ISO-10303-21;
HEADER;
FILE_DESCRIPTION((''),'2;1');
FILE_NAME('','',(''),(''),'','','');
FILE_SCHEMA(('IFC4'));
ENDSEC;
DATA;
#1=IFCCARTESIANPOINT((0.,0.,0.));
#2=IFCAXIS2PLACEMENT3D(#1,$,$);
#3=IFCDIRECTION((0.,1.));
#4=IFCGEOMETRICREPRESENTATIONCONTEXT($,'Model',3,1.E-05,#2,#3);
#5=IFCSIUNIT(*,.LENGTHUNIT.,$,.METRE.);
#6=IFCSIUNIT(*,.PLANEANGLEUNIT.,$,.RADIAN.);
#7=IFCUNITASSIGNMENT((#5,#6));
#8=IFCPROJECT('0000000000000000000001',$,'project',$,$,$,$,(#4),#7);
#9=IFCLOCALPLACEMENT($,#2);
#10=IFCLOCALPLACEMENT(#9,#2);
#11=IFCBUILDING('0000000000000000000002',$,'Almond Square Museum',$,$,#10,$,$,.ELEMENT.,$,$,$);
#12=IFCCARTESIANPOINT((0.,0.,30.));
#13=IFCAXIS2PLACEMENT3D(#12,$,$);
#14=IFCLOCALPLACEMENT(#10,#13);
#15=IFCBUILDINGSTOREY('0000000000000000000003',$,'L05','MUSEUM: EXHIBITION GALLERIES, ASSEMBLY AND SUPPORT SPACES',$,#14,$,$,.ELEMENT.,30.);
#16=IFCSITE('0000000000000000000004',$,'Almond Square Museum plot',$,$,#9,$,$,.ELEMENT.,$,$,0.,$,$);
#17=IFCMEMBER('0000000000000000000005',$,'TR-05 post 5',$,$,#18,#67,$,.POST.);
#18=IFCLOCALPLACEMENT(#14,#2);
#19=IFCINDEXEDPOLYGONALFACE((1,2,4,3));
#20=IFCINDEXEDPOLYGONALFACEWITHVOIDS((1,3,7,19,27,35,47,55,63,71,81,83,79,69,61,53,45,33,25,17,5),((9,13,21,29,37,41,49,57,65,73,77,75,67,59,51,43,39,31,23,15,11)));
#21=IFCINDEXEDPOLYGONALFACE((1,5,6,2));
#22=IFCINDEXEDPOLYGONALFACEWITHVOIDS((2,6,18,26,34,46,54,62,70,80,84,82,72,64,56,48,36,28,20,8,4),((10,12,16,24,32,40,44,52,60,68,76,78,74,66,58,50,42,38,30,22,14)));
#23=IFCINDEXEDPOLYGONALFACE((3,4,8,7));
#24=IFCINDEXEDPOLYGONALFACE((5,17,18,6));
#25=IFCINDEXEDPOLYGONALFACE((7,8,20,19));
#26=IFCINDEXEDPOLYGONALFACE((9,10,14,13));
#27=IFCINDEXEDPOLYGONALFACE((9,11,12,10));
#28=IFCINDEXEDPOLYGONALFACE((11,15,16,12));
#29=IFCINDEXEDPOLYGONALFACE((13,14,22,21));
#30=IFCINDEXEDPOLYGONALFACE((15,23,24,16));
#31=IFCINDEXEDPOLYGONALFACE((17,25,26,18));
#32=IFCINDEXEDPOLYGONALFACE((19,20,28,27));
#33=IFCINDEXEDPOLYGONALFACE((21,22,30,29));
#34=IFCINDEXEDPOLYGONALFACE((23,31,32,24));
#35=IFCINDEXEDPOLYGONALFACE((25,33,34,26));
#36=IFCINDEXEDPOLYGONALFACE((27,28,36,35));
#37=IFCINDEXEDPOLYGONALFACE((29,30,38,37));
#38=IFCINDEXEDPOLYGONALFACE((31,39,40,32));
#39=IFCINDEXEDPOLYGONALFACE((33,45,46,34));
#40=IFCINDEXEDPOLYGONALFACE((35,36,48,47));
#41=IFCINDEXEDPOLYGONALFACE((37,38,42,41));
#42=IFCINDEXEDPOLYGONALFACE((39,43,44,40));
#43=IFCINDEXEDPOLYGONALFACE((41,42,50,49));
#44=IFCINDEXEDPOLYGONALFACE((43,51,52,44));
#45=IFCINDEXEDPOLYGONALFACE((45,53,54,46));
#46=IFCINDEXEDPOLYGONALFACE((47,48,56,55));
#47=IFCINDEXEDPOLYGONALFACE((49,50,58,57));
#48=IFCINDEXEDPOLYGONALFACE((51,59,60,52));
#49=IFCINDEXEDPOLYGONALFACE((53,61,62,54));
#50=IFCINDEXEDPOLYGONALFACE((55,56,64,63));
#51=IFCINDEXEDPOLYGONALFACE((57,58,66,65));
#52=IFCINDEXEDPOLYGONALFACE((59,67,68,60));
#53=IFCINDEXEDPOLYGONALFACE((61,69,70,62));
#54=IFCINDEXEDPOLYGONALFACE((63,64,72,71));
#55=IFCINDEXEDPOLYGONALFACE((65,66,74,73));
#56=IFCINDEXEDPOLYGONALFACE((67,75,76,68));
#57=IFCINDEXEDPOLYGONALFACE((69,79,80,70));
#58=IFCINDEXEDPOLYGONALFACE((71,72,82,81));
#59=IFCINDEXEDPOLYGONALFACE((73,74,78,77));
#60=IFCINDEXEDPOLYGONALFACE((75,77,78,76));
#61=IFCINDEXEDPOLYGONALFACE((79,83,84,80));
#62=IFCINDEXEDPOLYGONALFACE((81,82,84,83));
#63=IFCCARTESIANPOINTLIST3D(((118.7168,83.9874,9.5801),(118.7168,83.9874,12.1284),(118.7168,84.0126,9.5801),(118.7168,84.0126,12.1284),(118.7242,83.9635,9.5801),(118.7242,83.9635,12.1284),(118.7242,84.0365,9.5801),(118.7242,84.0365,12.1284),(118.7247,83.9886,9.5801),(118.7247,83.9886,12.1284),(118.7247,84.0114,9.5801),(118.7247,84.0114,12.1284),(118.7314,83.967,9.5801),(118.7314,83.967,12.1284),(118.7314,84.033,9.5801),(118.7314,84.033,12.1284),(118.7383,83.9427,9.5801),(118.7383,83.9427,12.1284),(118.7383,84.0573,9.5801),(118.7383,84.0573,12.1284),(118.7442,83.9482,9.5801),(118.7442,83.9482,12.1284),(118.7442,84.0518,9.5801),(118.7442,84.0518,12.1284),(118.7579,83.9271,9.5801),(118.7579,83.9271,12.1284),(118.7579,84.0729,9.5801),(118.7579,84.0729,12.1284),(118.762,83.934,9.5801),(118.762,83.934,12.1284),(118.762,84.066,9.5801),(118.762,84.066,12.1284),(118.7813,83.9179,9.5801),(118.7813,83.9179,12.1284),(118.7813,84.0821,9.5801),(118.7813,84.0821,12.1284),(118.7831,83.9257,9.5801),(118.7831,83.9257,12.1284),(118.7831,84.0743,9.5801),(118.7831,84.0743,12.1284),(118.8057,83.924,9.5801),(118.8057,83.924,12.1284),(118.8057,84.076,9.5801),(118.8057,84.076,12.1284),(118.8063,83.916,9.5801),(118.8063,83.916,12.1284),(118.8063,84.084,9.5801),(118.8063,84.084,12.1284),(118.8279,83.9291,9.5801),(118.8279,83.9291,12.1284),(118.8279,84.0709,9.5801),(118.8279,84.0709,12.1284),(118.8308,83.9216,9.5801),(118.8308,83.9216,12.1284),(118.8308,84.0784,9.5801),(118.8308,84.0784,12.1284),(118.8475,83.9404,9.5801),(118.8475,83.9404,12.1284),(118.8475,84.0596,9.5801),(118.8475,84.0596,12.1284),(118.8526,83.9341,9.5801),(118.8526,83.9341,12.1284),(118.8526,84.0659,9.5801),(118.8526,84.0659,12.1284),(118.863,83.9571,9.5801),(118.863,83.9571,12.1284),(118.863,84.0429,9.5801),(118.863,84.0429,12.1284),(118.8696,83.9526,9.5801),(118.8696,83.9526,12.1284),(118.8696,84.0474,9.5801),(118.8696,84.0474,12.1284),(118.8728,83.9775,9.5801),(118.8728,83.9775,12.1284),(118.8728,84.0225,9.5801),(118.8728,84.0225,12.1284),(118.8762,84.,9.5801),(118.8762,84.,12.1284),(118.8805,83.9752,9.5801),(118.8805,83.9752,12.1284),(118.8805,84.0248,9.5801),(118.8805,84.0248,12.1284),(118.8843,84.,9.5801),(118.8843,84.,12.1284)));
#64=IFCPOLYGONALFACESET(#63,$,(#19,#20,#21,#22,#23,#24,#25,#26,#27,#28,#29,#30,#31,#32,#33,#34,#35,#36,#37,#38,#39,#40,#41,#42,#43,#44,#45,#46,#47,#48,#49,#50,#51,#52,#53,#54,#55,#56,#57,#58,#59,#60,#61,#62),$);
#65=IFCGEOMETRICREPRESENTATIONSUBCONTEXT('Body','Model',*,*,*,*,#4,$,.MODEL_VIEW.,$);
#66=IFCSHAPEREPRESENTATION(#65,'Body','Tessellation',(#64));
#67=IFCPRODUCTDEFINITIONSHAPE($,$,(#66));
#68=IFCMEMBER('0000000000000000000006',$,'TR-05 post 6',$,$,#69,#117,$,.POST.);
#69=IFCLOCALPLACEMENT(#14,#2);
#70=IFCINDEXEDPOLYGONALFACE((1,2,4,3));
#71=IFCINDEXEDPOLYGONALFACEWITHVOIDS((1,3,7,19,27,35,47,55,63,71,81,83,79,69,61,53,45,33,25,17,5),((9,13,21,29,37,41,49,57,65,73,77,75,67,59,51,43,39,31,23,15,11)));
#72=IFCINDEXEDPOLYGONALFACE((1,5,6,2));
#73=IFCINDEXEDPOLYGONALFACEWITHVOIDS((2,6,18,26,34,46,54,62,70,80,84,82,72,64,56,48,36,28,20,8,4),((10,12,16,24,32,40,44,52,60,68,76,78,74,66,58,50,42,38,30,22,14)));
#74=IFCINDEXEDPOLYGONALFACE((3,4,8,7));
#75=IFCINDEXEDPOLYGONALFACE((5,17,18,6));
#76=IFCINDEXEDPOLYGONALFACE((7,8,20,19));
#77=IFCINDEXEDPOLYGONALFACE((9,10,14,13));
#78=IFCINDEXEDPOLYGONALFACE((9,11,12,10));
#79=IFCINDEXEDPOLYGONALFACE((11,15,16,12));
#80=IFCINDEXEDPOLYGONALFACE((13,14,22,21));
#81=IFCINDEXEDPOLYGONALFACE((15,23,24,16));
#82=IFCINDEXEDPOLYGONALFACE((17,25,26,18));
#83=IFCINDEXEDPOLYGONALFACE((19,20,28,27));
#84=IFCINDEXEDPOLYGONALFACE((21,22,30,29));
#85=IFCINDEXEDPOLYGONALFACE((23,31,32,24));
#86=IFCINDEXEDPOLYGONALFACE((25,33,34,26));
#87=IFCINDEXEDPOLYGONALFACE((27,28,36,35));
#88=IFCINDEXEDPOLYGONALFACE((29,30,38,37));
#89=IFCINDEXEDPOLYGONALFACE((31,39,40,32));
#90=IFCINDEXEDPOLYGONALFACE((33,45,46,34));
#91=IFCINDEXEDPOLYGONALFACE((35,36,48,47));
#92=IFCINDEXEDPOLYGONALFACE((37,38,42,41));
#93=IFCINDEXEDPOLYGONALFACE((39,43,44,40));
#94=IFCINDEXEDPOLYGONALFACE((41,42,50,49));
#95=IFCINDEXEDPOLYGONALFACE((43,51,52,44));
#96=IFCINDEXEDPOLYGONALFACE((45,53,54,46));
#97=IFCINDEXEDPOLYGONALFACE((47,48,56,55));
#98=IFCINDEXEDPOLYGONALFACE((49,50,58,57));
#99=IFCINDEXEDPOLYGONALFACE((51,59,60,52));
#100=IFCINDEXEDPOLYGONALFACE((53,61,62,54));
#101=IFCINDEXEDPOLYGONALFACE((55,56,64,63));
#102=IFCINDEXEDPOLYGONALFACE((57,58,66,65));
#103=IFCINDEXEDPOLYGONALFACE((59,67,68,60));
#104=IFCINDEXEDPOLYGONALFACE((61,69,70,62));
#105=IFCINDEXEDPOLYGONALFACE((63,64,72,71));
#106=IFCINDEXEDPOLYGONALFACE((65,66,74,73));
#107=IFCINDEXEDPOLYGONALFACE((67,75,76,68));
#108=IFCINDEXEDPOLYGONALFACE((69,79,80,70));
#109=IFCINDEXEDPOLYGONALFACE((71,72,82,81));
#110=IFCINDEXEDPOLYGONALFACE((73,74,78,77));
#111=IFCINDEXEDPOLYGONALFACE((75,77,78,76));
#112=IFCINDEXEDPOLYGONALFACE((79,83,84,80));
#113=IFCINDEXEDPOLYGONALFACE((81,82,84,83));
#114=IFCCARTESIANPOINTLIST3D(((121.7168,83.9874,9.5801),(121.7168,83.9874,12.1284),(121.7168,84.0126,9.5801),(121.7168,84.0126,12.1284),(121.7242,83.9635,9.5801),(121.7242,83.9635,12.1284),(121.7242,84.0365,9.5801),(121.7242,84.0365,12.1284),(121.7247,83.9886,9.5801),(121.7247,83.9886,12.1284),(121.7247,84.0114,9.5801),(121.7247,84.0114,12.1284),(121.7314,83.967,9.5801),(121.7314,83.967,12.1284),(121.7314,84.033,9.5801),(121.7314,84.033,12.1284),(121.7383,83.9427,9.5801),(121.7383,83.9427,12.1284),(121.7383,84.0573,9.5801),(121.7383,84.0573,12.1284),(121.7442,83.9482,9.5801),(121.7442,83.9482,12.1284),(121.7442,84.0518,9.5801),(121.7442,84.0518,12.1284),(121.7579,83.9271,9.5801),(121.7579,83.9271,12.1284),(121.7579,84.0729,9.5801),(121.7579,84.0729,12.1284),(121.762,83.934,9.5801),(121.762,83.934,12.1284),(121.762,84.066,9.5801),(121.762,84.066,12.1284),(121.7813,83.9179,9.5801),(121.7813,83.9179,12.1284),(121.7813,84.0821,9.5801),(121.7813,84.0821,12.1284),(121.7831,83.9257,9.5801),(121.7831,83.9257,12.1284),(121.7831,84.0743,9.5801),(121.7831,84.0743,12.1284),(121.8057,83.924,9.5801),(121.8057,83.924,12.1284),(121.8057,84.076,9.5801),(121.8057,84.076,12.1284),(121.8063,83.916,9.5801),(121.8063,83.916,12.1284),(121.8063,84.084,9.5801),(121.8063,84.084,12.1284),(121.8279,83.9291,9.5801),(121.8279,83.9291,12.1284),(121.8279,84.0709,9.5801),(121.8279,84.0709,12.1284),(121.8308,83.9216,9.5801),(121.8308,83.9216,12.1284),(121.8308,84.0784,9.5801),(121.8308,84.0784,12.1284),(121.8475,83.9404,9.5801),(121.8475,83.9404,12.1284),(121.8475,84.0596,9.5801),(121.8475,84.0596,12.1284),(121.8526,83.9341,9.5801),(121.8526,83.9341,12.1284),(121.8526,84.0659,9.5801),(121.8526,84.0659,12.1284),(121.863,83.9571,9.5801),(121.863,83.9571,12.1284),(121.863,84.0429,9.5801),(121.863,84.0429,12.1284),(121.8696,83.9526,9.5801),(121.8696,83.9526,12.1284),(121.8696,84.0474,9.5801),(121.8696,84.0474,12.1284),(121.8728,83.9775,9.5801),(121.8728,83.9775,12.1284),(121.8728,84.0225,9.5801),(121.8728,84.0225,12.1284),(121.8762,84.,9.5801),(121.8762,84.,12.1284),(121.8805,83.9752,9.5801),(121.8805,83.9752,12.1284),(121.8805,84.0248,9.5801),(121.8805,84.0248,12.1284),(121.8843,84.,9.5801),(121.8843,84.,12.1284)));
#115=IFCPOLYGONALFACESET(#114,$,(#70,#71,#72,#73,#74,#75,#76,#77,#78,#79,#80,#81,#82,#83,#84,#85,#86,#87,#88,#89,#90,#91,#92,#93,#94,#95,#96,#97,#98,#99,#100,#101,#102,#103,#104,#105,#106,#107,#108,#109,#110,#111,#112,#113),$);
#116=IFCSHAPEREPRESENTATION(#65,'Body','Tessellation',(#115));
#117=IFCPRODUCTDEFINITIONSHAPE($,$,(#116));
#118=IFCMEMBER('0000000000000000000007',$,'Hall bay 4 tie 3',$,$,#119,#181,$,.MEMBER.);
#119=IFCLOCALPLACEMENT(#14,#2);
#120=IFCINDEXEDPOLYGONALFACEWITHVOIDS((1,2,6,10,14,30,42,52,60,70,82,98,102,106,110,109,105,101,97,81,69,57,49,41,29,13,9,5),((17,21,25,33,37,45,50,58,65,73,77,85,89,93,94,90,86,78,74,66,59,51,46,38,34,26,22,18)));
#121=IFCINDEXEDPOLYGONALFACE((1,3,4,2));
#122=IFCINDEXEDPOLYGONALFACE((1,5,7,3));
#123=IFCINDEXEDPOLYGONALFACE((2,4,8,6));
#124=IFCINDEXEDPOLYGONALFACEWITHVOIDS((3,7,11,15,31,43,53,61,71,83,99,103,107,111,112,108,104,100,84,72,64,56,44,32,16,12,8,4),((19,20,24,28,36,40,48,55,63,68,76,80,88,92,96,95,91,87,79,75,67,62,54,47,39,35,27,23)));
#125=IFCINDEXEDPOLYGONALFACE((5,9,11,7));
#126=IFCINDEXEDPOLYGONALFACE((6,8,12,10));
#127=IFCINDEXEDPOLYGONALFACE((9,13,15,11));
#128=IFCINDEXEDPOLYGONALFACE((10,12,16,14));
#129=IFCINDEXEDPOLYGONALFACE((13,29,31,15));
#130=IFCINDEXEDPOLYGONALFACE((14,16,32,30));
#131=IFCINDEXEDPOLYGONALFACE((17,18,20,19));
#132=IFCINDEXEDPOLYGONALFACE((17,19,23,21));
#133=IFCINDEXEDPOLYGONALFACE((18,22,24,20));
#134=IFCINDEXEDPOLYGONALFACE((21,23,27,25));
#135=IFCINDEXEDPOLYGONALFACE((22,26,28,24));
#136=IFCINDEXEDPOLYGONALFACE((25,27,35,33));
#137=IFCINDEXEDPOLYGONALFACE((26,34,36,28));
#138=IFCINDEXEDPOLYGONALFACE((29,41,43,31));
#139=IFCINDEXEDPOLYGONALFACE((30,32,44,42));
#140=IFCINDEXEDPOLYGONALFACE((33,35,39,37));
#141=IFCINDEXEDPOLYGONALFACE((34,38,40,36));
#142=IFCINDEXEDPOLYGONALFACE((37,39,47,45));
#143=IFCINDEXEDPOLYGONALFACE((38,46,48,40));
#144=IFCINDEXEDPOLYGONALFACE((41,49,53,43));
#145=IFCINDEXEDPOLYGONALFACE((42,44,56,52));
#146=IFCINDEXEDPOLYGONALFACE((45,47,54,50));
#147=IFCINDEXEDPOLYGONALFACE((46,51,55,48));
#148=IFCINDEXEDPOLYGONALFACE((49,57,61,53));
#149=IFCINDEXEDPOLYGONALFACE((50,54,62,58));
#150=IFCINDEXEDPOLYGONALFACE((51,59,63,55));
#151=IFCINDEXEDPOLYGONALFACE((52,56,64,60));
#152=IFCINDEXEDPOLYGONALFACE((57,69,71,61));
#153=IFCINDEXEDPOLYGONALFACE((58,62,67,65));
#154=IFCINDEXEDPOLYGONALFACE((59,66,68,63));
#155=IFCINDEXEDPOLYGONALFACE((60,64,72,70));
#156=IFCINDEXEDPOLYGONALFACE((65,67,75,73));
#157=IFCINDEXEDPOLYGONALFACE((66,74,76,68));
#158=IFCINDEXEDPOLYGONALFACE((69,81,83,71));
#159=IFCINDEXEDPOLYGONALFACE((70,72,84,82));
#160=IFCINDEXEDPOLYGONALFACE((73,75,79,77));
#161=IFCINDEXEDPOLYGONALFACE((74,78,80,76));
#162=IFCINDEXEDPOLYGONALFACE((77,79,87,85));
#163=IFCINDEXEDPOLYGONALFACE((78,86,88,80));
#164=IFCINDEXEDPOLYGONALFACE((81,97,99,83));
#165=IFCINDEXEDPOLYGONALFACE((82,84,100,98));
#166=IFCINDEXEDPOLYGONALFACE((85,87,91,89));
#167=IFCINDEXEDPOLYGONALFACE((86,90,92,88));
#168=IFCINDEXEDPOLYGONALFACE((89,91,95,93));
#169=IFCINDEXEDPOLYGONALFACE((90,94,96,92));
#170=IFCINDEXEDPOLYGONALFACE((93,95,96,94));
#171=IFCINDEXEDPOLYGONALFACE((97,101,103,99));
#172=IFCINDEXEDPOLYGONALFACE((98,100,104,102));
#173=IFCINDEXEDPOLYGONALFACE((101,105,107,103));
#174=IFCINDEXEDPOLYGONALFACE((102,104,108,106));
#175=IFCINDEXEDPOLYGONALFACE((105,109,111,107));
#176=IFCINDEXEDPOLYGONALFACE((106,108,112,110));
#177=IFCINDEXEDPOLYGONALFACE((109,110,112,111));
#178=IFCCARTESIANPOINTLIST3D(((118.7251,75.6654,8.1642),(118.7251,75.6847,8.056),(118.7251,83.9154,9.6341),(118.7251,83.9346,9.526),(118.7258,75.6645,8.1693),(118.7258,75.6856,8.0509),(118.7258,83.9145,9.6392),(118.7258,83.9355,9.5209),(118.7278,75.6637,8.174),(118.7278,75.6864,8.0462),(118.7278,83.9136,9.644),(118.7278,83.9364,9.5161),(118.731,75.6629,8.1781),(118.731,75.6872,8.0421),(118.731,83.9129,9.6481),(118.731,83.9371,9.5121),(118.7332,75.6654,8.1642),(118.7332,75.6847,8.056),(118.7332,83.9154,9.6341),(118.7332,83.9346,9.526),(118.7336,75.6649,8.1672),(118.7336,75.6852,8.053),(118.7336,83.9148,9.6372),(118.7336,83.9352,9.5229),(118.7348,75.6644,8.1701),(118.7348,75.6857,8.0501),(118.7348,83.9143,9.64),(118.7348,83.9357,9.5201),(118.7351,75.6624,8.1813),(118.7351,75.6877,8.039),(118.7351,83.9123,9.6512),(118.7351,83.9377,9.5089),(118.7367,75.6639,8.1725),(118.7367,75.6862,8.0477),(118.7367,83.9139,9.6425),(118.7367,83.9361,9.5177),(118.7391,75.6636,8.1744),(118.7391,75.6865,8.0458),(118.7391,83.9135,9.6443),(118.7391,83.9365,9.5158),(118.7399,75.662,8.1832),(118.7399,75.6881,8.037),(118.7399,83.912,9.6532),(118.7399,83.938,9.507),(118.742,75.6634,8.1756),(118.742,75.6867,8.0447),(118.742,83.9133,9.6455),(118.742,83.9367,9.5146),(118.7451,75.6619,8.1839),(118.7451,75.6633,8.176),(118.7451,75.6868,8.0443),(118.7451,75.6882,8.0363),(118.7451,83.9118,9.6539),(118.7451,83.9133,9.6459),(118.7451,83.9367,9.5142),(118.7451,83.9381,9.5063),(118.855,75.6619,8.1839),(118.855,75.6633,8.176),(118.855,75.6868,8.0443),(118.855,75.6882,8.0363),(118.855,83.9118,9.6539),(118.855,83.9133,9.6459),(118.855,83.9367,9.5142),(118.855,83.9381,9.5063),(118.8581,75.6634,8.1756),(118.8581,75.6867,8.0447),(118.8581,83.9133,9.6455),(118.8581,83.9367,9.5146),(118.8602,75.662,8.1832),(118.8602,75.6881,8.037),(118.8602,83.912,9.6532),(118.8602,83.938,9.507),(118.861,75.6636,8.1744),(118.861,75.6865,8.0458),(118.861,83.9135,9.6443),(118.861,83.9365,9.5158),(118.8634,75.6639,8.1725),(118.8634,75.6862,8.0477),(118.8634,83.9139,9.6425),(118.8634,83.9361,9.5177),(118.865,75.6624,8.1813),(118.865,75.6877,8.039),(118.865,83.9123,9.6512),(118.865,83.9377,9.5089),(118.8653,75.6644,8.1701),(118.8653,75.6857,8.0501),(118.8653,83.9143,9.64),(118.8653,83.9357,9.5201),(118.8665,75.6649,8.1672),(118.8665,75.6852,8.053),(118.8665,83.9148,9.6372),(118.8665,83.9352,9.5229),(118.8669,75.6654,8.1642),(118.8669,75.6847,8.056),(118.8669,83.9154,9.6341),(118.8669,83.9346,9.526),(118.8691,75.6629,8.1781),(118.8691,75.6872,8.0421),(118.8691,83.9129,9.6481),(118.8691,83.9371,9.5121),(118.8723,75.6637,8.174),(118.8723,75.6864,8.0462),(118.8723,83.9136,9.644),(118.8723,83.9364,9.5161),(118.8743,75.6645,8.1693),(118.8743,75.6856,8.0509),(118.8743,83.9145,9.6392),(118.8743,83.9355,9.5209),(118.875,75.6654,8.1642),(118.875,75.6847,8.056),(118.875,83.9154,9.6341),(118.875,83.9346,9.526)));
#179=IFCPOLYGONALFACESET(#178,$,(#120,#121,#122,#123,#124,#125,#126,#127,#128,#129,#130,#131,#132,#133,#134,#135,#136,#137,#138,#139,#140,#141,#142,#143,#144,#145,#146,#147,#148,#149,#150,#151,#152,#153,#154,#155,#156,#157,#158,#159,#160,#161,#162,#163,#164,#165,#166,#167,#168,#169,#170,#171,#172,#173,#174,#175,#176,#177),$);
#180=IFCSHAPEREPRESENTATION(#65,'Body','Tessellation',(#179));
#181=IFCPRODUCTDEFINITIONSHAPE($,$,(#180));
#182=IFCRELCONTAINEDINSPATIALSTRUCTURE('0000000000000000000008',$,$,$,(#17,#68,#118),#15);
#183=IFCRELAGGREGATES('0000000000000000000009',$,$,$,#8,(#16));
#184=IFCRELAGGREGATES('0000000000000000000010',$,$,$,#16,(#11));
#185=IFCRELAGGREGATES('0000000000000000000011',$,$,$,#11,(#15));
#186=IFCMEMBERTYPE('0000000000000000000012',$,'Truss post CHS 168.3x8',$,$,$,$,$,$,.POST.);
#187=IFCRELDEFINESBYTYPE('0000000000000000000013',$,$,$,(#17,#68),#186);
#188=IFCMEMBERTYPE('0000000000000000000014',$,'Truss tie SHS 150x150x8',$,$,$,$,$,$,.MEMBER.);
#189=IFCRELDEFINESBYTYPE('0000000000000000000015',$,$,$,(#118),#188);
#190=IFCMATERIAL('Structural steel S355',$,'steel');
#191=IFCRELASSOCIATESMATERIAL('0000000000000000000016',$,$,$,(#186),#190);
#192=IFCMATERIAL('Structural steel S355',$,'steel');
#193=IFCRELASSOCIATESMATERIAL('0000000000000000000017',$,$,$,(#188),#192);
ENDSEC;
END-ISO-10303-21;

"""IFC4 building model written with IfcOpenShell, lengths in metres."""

from ifc_helpers import new_model, si_unit, direction, frame, origin, origin_2d, place, context, subcontext, project, spatial, hollow_rectangle, hollow_circle, extrude, material, material_profile, profile_set, type_object, element, save


model = new_model("IFC4")

# Units and contexts
model_context = context("Model", 3, precision=1e-05, world=origin(), true_north=direction((0.0, 1.0)))
body_context = subcontext(model_context, "Body", "Model", "MODEL_VIEW")
ifc_project = project(units=[si_unit("LENGTHUNIT", "METRE"), si_unit("PLANEANGLEUNIT", "RADIAN")], contexts=[model_context])

# Site, building, storey
site_placement = place(None, origin())
site = spatial("IfcSite", under=ifc_project, at=site_placement, Name="Almond Square Museum plot", CompositionType="ELEMENT", RefElevation=0.0)
building_placement = place(site_placement, origin())
building = spatial("IfcBuilding", under=site, at=building_placement, Name="Almond Square Museum", CompositionType="ELEMENT")
storey_placement = place(building_placement, frame((0.0, 0.0, 30.0)))
storey = spatial("IfcBuildingStorey", under=building, at=storey_placement, Name="L05", Description="MUSEUM: EXHIBITION GALLERIES, ASSEMBLY AND SUPPORT SPACES", CompositionType="ELEMENT", Elevation=30.0)

# Members
ifc_material_1 = material(Name="Structural steel S355", Category="steel")
ifc_material_profile_1 = material_profile(ifc_material_1, hollow_circle(Radius=0.0842, WallThickness=0.0081, at=origin_2d()))
ifc_profile_set_1 = profile_set([ifc_material_profile_1], Name="Structural steel S355")
member_type_1 = type_object("IfcMemberType", Name="Truss post CHS 168.3x8", PredefinedType="POST", material=ifc_profile_set_1)
for number, where, z_axis, x_axis, name in (
    (1, (118.8, 84.0, 9.5801), (0.0, 0.0, 1.0), (1.0, 0.0, 0.0), "TR-05 post 5"),
    (2, (121.8, 84.0, 9.5801), (0.0, 0.0, 1.0), (1.0, 0.0, 0.0), "TR-05 post 6"),
):
    element("IfcMember", number, at=place(storey_placement, frame(where, z_axis=z_axis, x_axis=x_axis)), inside=storey, type_object=member_type_1, Name=name, PredefinedType="POST", context=body_context, shape_type="SweptSolid", body=[
        extrude(hollow_circle(Radius=0.0842, WallThickness=0.0081, at=origin_2d()), origin(), (0.0, 0.0, 1.0), 2.5483),
    ])
ifc_material_2 = material(Name="Structural steel S355", Category="steel")
ifc_material_profile_2 = material_profile(ifc_material_2, hollow_rectangle(XDim=0.1499, YDim=0.1499, WallThickness=0.0081, InnerFilletRadius=0.012, OuterFilletRadius=0.02, at=origin_2d()))
ifc_profile_set_2 = profile_set([ifc_material_profile_2], Name="Structural steel S355")
member_type_2 = type_object("IfcMemberType", Name="Truss tie SHS 150x150x8", PredefinedType="MEMBER", material=ifc_profile_set_2)
for number, where, z_axis, x_axis, name in (
    (3, (118.8, 75.675, 8.1101), (0.0, 0.984494, 0.175416), (-1.0, 0.0, 0.0), "Hall bay 4 tie 3"),
):
    element("IfcMember", number, at=place(storey_placement, frame(where, z_axis=z_axis, x_axis=x_axis)), inside=storey, type_object=member_type_2, Name=name, PredefinedType="MEMBER", context=body_context, shape_type="SweptSolid", body=[
        extrude(hollow_rectangle(XDim=0.1499, YDim=0.1499, WallThickness=0.0081, InnerFilletRadius=0.012, OuterFilletRadius=0.02, at=origin_2d()), origin(), (0.0, 0.0, 1.0), 8.3799),
    ])

save(model, "model.ifc")
